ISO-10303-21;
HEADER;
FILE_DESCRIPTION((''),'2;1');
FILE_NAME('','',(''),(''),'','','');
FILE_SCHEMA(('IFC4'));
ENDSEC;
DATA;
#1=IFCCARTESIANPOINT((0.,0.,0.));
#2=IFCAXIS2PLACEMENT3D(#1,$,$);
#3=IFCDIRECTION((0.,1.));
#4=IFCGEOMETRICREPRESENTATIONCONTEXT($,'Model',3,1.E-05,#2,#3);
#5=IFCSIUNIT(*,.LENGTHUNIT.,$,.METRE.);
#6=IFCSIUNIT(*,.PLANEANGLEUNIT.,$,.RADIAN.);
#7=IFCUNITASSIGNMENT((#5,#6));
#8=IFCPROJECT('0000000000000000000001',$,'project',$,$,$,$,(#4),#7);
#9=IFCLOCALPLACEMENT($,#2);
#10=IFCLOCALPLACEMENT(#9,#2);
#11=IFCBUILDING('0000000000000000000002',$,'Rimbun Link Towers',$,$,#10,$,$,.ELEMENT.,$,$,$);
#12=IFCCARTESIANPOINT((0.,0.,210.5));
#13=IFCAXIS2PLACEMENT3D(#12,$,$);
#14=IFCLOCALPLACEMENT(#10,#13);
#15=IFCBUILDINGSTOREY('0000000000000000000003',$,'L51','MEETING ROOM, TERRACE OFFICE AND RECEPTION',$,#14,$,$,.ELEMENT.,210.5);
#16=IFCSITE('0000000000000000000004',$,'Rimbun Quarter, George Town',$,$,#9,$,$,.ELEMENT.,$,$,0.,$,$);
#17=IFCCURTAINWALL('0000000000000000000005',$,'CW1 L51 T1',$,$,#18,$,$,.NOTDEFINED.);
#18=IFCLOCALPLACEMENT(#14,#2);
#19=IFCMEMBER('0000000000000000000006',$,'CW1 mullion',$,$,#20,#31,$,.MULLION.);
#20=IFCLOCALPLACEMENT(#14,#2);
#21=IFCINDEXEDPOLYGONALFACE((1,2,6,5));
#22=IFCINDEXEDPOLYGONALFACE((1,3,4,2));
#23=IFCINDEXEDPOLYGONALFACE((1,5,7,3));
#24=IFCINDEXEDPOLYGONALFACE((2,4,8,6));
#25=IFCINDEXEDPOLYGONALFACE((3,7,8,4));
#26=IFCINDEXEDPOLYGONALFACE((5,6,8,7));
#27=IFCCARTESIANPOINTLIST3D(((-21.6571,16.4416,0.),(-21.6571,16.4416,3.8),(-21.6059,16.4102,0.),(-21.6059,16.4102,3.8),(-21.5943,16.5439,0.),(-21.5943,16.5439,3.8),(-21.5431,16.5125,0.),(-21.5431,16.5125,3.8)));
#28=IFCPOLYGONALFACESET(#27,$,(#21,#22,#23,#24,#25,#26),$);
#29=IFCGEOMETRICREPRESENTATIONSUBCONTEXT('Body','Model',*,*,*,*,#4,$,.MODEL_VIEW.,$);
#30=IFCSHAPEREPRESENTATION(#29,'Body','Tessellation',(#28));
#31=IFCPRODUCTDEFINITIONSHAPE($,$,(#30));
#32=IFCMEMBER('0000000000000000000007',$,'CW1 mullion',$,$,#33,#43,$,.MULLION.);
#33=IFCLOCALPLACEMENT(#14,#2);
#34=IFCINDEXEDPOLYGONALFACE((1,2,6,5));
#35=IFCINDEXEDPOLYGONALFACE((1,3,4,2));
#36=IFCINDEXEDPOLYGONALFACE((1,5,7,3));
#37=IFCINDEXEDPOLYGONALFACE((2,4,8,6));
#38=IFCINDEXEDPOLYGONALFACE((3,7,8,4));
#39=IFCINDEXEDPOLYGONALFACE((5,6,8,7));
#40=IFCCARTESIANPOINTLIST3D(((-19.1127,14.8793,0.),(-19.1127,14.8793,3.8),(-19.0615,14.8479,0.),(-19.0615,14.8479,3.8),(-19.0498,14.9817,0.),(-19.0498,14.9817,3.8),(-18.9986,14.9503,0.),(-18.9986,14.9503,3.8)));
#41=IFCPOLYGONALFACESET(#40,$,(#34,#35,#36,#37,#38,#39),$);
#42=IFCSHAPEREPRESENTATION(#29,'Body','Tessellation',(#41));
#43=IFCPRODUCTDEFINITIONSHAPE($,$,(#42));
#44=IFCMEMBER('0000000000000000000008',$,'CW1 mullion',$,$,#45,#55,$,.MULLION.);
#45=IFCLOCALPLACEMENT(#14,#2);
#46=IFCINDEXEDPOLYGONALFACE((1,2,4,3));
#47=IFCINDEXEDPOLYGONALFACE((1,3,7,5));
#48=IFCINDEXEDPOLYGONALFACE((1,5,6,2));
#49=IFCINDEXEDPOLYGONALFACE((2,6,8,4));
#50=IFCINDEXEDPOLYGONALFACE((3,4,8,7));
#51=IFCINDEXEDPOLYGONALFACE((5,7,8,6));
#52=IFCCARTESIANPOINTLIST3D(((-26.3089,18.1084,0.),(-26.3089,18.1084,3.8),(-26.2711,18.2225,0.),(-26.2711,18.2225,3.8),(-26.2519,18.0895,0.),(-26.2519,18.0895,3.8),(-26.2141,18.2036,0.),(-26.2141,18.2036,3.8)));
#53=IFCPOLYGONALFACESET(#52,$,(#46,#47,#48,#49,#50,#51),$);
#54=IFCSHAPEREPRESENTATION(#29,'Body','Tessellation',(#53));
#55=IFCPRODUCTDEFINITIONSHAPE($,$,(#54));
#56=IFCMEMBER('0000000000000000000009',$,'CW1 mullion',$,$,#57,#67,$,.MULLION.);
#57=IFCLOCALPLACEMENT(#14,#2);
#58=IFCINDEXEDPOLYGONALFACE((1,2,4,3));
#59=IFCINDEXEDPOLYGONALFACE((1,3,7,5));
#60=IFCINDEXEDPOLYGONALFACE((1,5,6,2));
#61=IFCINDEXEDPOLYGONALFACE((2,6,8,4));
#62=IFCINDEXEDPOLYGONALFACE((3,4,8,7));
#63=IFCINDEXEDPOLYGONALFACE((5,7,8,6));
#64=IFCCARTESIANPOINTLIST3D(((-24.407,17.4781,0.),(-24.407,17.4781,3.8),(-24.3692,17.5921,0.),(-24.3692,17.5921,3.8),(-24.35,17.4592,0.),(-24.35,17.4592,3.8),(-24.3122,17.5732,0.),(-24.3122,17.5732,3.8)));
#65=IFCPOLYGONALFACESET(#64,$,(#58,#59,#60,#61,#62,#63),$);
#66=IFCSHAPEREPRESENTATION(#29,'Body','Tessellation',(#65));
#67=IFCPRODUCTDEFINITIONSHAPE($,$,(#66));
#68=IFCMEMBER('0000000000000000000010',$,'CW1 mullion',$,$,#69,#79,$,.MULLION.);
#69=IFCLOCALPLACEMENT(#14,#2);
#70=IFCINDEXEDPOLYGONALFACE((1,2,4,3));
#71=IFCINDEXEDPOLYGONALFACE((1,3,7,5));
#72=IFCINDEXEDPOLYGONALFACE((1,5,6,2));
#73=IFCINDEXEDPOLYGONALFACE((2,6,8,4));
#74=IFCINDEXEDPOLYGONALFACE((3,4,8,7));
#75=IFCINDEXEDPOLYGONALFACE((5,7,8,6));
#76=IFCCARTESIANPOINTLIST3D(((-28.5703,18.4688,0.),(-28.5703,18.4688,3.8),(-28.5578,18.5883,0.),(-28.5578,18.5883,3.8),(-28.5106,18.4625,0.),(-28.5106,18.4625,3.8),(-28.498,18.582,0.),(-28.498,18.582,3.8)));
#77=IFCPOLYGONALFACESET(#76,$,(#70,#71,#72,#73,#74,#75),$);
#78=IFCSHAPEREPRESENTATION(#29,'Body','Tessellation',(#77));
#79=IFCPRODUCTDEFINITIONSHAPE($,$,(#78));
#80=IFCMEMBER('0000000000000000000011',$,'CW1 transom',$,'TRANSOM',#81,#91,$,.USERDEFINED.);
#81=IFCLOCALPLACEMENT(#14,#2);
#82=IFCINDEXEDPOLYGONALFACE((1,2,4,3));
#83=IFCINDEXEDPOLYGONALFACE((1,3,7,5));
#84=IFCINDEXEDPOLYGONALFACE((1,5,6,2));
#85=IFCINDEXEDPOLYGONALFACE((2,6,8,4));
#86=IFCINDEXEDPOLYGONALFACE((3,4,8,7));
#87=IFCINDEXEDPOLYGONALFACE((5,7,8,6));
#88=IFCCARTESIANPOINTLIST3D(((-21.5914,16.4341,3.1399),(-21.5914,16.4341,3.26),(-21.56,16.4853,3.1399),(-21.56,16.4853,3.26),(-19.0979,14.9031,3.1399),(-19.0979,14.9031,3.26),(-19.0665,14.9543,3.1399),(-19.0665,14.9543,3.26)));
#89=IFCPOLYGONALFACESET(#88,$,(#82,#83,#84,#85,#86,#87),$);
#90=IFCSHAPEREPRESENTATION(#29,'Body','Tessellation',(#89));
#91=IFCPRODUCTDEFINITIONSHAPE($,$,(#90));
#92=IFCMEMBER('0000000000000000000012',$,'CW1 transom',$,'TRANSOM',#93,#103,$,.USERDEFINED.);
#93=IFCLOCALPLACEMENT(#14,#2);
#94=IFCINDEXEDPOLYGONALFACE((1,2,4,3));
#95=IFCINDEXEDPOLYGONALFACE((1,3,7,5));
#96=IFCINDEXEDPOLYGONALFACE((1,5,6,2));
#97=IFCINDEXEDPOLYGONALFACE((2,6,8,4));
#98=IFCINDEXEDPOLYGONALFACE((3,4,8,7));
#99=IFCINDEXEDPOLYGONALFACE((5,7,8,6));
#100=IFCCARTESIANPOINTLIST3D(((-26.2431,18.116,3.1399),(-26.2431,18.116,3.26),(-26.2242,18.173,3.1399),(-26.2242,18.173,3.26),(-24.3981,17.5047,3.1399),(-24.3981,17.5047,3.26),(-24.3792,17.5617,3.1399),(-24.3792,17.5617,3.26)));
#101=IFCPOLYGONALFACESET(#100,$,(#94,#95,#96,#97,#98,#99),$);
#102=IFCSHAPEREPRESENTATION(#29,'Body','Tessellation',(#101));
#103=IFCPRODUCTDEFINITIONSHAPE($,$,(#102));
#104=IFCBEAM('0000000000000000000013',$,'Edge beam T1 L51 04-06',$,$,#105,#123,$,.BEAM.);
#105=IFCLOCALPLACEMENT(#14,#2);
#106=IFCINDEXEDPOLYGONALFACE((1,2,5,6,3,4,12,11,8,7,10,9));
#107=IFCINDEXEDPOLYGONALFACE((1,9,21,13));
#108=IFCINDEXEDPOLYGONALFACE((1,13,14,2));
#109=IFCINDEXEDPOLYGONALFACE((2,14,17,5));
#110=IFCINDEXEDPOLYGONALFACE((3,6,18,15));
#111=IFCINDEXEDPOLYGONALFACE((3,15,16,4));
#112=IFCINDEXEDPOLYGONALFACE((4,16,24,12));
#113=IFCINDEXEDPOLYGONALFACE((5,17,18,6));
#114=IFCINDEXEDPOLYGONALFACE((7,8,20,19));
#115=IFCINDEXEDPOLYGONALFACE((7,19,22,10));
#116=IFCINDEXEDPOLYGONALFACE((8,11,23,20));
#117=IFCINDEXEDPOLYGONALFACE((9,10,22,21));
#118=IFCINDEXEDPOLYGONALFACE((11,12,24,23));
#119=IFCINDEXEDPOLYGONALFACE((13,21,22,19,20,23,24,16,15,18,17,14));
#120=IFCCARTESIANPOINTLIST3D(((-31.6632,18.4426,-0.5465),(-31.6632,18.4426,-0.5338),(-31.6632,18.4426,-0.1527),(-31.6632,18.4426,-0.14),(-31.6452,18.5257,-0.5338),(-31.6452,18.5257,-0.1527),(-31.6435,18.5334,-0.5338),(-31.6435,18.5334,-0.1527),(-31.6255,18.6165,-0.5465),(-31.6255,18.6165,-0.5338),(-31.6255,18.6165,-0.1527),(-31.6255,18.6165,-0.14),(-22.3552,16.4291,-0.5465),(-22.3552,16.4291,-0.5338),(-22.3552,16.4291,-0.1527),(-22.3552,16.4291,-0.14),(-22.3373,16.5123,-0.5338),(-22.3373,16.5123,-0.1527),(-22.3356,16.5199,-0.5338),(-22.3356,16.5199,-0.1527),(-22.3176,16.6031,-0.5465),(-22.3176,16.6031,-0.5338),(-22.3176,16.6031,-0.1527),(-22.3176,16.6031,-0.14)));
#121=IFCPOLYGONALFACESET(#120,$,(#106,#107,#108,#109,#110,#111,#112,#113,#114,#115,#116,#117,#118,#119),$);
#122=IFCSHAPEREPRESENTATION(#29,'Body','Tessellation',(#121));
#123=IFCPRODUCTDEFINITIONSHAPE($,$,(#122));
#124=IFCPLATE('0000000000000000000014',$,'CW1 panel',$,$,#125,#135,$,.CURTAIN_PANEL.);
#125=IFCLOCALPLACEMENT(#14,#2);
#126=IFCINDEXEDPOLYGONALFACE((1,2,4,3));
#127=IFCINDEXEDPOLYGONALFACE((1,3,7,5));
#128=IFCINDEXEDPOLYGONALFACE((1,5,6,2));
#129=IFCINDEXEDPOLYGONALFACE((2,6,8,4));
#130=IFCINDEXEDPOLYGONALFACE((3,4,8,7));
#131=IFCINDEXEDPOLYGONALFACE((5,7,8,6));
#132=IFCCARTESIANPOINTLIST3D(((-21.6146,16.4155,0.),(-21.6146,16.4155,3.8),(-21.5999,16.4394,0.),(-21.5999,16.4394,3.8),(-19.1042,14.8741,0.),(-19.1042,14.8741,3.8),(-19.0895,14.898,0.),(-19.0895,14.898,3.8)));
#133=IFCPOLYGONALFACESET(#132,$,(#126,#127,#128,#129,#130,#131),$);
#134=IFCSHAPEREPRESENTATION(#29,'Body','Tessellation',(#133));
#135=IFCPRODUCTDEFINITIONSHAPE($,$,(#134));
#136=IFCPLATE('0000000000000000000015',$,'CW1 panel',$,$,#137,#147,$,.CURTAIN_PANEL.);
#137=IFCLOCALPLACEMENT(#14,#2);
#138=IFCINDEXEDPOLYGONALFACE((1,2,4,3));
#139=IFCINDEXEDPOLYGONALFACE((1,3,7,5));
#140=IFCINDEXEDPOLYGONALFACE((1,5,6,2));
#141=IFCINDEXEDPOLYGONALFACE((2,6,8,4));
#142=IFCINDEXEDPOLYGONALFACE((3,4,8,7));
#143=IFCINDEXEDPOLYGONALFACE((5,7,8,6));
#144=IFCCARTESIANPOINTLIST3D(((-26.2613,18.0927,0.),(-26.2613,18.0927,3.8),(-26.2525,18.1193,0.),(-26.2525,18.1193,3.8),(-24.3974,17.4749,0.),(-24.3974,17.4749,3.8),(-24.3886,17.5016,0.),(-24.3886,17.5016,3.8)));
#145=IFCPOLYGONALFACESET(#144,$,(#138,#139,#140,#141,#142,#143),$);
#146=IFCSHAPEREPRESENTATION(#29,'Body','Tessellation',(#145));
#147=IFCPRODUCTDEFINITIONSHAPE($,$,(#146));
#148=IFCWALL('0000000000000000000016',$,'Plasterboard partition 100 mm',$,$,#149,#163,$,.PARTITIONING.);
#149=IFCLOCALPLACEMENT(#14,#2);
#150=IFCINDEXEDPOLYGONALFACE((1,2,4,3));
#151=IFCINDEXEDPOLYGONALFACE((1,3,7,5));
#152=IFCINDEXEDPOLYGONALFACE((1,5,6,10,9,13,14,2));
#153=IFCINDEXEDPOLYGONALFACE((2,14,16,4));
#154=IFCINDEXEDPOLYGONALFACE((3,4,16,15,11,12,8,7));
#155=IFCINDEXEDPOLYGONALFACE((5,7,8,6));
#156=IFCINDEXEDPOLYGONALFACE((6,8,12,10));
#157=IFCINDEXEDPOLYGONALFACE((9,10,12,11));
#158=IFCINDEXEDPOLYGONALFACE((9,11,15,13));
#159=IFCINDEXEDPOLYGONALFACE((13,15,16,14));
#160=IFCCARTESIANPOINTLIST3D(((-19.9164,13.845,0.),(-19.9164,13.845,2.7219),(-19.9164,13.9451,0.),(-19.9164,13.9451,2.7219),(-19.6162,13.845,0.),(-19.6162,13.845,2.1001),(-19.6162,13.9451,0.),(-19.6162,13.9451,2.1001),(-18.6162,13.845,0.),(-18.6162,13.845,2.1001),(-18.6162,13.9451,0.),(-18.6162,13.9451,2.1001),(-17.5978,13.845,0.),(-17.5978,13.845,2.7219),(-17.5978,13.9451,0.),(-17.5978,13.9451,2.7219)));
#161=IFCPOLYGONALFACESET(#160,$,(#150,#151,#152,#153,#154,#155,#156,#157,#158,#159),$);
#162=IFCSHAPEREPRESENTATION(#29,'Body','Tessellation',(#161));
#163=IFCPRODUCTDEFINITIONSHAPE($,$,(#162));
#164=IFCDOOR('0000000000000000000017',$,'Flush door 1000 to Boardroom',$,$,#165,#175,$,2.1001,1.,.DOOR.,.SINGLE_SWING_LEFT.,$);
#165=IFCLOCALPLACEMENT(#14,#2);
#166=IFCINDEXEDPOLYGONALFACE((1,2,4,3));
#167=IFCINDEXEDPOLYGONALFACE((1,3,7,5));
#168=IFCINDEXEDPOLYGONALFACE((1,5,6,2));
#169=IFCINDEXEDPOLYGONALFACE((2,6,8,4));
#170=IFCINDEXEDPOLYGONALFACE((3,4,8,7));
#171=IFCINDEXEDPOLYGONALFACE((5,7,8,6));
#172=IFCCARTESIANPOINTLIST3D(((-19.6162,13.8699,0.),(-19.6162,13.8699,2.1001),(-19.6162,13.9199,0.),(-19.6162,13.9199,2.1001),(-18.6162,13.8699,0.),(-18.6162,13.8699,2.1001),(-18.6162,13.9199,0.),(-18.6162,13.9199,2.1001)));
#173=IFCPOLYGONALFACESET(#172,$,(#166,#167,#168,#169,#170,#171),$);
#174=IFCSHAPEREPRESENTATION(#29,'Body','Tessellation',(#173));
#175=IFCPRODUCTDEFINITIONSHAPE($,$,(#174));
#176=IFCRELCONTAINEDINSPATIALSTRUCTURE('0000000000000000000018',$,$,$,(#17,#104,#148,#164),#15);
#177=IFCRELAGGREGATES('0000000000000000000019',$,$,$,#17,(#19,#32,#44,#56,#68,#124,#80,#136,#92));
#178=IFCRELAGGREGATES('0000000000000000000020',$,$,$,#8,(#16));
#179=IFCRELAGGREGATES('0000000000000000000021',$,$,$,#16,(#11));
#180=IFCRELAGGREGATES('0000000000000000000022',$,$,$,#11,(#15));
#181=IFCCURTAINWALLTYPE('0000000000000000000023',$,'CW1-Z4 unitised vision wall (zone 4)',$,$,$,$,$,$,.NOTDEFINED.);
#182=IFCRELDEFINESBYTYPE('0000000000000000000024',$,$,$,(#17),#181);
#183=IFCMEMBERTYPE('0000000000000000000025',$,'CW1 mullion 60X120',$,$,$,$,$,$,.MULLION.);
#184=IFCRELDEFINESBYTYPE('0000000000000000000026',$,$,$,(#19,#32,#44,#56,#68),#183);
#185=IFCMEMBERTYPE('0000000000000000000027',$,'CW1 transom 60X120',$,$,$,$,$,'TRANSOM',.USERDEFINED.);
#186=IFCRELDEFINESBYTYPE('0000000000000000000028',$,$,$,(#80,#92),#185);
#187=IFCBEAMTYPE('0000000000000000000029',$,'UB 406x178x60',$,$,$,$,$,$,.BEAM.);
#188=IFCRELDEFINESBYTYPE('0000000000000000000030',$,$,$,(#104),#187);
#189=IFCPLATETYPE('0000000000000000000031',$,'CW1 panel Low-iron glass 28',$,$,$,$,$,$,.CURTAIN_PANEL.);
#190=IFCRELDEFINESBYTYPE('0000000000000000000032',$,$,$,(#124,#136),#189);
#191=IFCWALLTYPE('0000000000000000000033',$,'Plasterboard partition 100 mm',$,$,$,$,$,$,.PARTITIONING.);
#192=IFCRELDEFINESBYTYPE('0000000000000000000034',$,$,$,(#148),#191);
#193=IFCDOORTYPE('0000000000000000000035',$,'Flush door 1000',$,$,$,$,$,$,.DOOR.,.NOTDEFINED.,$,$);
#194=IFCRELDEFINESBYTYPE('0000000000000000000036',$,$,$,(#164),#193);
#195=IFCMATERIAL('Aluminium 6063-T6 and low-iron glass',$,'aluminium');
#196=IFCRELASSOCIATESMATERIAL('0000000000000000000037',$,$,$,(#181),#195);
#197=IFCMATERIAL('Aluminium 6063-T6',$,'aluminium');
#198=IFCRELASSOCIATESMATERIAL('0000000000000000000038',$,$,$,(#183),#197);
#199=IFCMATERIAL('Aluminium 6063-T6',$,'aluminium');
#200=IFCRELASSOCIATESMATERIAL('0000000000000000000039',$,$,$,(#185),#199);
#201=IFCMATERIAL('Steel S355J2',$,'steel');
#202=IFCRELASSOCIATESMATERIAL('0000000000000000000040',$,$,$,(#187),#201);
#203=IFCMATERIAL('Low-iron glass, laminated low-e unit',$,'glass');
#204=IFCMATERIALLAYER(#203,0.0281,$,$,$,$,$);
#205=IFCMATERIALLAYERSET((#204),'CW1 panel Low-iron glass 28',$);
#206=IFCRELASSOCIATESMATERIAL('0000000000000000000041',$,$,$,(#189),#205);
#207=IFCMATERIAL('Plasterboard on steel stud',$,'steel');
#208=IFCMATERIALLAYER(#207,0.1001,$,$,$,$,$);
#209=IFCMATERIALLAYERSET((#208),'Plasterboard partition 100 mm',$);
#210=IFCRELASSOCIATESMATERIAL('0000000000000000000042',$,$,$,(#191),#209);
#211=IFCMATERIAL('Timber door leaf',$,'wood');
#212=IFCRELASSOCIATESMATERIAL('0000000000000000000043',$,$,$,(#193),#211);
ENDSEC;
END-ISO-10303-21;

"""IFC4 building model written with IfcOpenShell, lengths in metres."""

from ifc_helpers import new_model, si_unit, direction, frame, frame_2d, origin, origin_2d, place, context, subcontext, project, spatial, rectangle, i_section, extrude, material, layer, layer_set, material_profile, profile_set, type_object, element, fill, aggregate, save


model = new_model("IFC4")

# Units and contexts
model_context = context("Model", 3, precision=1e-05, world=origin(), true_north=direction((0.0, 1.0)))
body_context = subcontext(model_context, "Body", "Model", "MODEL_VIEW")
ifc_project = project(units=[si_unit("LENGTHUNIT", "METRE"), si_unit("PLANEANGLEUNIT", "RADIAN")], contexts=[model_context])

# Site, building, storey
site_placement = place(None, origin())
site = spatial("IfcSite", under=ifc_project, at=site_placement, Name="Rimbun Quarter, George Town", CompositionType="ELEMENT", RefElevation=0.0)
building_placement = place(site_placement, origin())
building = spatial("IfcBuilding", under=site, at=building_placement, Name="Rimbun Link Towers", CompositionType="ELEMENT")
storey_placement = place(building_placement, frame((0.0, 0.0, 210.5)))
storey = spatial("IfcBuildingStorey", under=building, at=storey_placement, Name="L51", Description="MEETING ROOM, TERRACE OFFICE AND RECEPTION", CompositionType="ELEMENT", Elevation=210.5)

# Curtain wall, members
ifc_material_1 = material(Name="Aluminium 6063-T6 and low-iron glass", Category="aluminium")
curtain_wall_type = type_object("IfcCurtainWallType", Name="CW1-Z4 unitised vision wall (zone 4)", PredefinedType="NOTDEFINED", material=ifc_material_1)
curtain_wall_placement = place(storey_placement, origin())
curtain_wall = element("IfcCurtainWall", 1, at=curtain_wall_placement, inside=storey, type_object=curtain_wall_type, Name="CW1 L51 T1", PredefinedType="NOTDEFINED")
ifc_material_2 = material(Name="Aluminium 6063-T6", Category="aluminium")
ifc_material_profile_1 = material_profile(ifc_material_2, rectangle(XDim=0.1201, YDim=0.0601, at=origin_2d()), Name="MULLION 60X120")
ifc_profile_set_1 = profile_set([ifc_material_profile_1], Name="Aluminium 6063-T6")
member_type_1 = type_object("IfcMemberType", Name="CW1 mullion 60X120", PredefinedType="MULLION", material=ifc_profile_set_1)
member_1_placement = place(storey_placement, frame((-21.6001, 16.4771, 0.0), z_axis=(0.0, 0.0, 1.0), x_axis=(0.523242, 0.852184, 0.0)))
member_1 = element("IfcMember", 2, at=member_1_placement, type_object=member_type_1, Name="CW1 mullion", PredefinedType="MULLION", context=body_context, shape_type="SweptSolid", body=[
    extrude(rectangle(XDim=0.1201, YDim=0.0601, at=origin_2d()), origin(), (0.0, 0.0, 1.0), 3.8),
])
member_2_placement = place(storey_placement, frame((-19.0557, 14.9148, 0.0), z_axis=(0.0, 0.0, 1.0), x_axis=(0.523242, 0.852184, 0.0)))
member_2 = element("IfcMember", 3, at=member_2_placement, type_object=member_type_1, Name="CW1 mullion", PredefinedType="MULLION", context=body_context, shape_type="SweptSolid", body=[
    extrude(rectangle(XDim=0.1201, YDim=0.0601, at=origin_2d()), origin(), (0.0, 0.0, 1.0), 3.8),
])
member_3_placement = place(storey_placement, frame((-26.2615, 18.156, 0.0), z_axis=(0.0, 0.0, 1.0), x_axis=(0.314578, 0.949231, 0.0)))
member_3 = element("IfcMember", 4, at=member_3_placement, type_object=member_type_1, Name="CW1 mullion", PredefinedType="MULLION", context=body_context, shape_type="SweptSolid", body=[
    extrude(rectangle(XDim=0.1201, YDim=0.0601, at=origin_2d()), origin(), (0.0, 0.0, 1.0), 3.8),
])
member_4_placement = place(storey_placement, frame((-24.3596, 17.5256, 0.0), z_axis=(0.0, 0.0, 1.0), x_axis=(0.314578, 0.949231, 0.0)))
member_4 = element("IfcMember", 5, at=member_4_placement, type_object=member_type_1, Name="CW1 mullion", PredefinedType="MULLION", context=body_context, shape_type="SweptSolid", body=[
    extrude(rectangle(XDim=0.1201, YDim=0.0601, at=origin_2d()), origin(), (0.0, 0.0, 1.0), 3.8),
])
member_5_placement = place(storey_placement, frame((-28.5342, 18.5254, 0.0), z_axis=(0.0, 0.0, 1.0), x_axis=(0.104723, 0.994501, 0.0)))
member_5 = element("IfcMember", 6, at=member_5_placement, type_object=member_type_1, Name="CW1 mullion", PredefinedType="MULLION", context=body_context, shape_type="SweptSolid", body=[
    extrude(rectangle(XDim=0.1201, YDim=0.0601, at=origin_2d()), origin(), (0.0, 0.0, 1.0), 3.8),
])
ifc_material_3 = material(Name="Aluminium 6063-T6", Category="aluminium")
ifc_material_profile_2 = material_profile(ifc_material_3, rectangle(XDim=0.0601, YDim=0.1201, at=origin_2d()), Name="TRANSOM 60X120")
ifc_profile_set_2 = profile_set([ifc_material_profile_2], Name="Aluminium 6063-T6")
member_type_2 = type_object("IfcMemberType", Name="CW1 transom 60X120", ElementType="TRANSOM", PredefinedType="USERDEFINED", material=ifc_profile_set_2)
member_6_placement = place(storey_placement, frame((-21.5757, 16.4597, 3.2), z_axis=(0.852176, -0.523255, 0.0), x_axis=(0.523255, 0.852176, 0.0)))
member_6 = element("IfcMember", 7, at=member_6_placement, type_object=member_type_2, Name="CW1 transom", ObjectType="TRANSOM", PredefinedType="USERDEFINED", context=body_context, shape_type="SweptSolid", body=[
    extrude(rectangle(XDim=0.0601, YDim=0.1201, at=origin_2d()), origin(), (0.0, 0.0, 1.0), 2.926),
])
member_7_placement = place(storey_placement, frame((-26.2336, 18.1445, 3.2), z_axis=(0.949247, -0.314532, 0.0), x_axis=(0.314532, 0.949247, 0.0)))
member_7 = element("IfcMember", 8, at=member_7_placement, type_object=member_type_2, Name="CW1 transom", ObjectType="TRANSOM", PredefinedType="USERDEFINED", context=body_context, shape_type="SweptSolid", body=[
    extrude(rectangle(XDim=0.0601, YDim=0.1201, at=origin_2d()), origin(), (0.0, 0.0, 1.0), 1.9436),
])

# Beam
ifc_material_4 = material(Name="Steel S355J2", Category="steel")
ifc_material_profile_3 = material_profile(ifc_material_4, i_section(OverallWidth=0.178, OverallDepth=0.4065, WebThickness=0.0078, FlangeThickness=0.0127, at=origin_2d()), Name="UB 406x178x60")
ifc_profile_set_3 = profile_set([ifc_material_profile_3], Name="Steel S355J2")
beam_type = type_object("IfcBeamType", Name="UB 406x178x60", PredefinedType="BEAM", material=ifc_profile_set_3)
beam_placement = place(storey_placement, frame((-22.3364, 16.5161, -0.3433), z_axis=(-0.977394, 0.211425, 0.0), x_axis=(-0.211425, -0.977394, 0.0)))
element("IfcBeam", 9, at=beam_placement, inside=storey, type_object=beam_type, Name="Edge beam T1 L51 04-06", PredefinedType="BEAM", context=body_context, shape_type="SweptSolid", body=[
    extrude(i_section(OverallWidth=0.178, OverallDepth=0.4065, WebThickness=0.0078, FlangeThickness=0.0127, at=origin_2d()), origin(), (0.0, 0.0, 1.0), 9.5232),
])

# Plates
ifc_material_5 = material(Name="Low-iron glass, laminated low-e unit", Category="glass")
ifc_layer_1 = layer(ifc_material_5, 0.0281)
ifc_layer_set_1 = layer_set([ifc_layer_1], Name="CW1 panel Low-iron glass 28")
plate_type = type_object("IfcPlateType", Name="CW1 panel Low-iron glass 28", PredefinedType="CURTAIN_PANEL", material=ifc_layer_set_1)
plate_1_placement = place(storey_placement, frame((-20.3521, 15.6567, 0.0), z_axis=(0.0, 0.0, 1.0), x_axis=(0.852184, -0.523242, 0.0)))
plate_1 = element("IfcPlate", 10, at=plate_1_placement, type_object=plate_type, Name="CW1 panel", PredefinedType="CURTAIN_PANEL", context=body_context, shape_type="SweptSolid", body=[
    extrude(rectangle(XDim=2.9458, YDim=0.0281, at=origin_2d()), origin(), (0.0, 0.0, 1.0), 3.8),
])
plate_2_placement = place(storey_placement, frame((-25.325, 17.7971, 0.0), z_axis=(0.0, 0.0, 1.0), x_axis=(0.949231, -0.314578, 0.0)))
plate_2 = element("IfcPlate", 11, at=plate_2_placement, type_object=plate_type, Name="CW1 panel", PredefinedType="CURTAIN_PANEL", context=body_context, shape_type="SweptSolid", body=[
    extrude(rectangle(XDim=1.9636, YDim=0.0281, at=origin_2d()), origin(), (0.0, 0.0, 1.0), 3.8),
])
aggregate(curtain_wall, [member_1, member_2, member_3, member_4, member_5, plate_1, member_6, plate_2, member_7])

# Wall, opening, door
ifc_material_6 = material(Name="Plasterboard on steel stud", Category="steel")
ifc_layer_2 = layer(ifc_material_6, 0.1001)
ifc_layer_set_2 = layer_set([ifc_layer_2], Name="Plasterboard partition 100 mm")
wall_type = type_object("IfcWallType", Name="Plasterboard partition 100 mm", PredefinedType="PARTITIONING", material=ifc_layer_set_2)
wall_1_placement = place(storey_placement, frame((-19.9163, 13.895, 0.0), z_axis=(0.0, 0.0, 1.0), x_axis=(1.0, 0.0, 0.0)))
wall_1 = element("IfcWall", 12, at=wall_1_placement, inside=storey, type_object=wall_type, Name="Plasterboard partition 100 mm", PredefinedType="PARTITIONING", context=body_context, shape_type="SweptSolid", body=[
    extrude(rectangle(XDim=2.3186, YDim=0.1001, at=frame_2d((1.1592, 0.0))), origin(), (0.0, 0.0, 1.0), 2.7219),
])
opening_1_placement = place(wall_1_placement, frame((0.3, 0.0, 0.0)))
opening_1 = element("IfcOpeningElement", 13, at=opening_1_placement, cuts=wall_1, PredefinedType="OPENING", context=body_context, shape_type="SweptSolid", body=[
    extrude(rectangle(XDim=1.0, YDim=2.1001, at=frame_2d((0.5, 1.05))), frame((0.0, 0.0601, 0.0), z_axis=(0.0, -1.0, 0.0), x_axis=(1.0, 0.0, 0.0)), (0.0, 0.0, 1.0), 0.1201),
])
ifc_material_7 = material(Name="Timber door leaf", Category="wood")
door_type_1 = type_object("IfcDoorType", Name="Flush door 1000", OperationType="NOTDEFINED", PredefinedType="DOOR", material=ifc_material_7)
door_1_placement = place(opening_1_placement, origin())
door_1 = element("IfcDoor", 14, at=door_1_placement, inside=storey, type_object=door_type_1, Name="Flush door 1000 to Boardroom", OperationType="SINGLE_SWING_LEFT", OverallHeight=2.1001, OverallWidth=1.0, PredefinedType="DOOR", context=body_context, shape_type="SweptSolid", body=[
    extrude(rectangle(XDim=1.0, YDim=2.1001, at=frame_2d((0.5, 1.05))), frame((0.0, 0.0249, 0.0), z_axis=(0.0, -1.0, 0.0), x_axis=(1.0, 0.0, 0.0)), (0.0, 0.0, 1.0), 0.05),
])
fill(opening_1, door_1)

save(model, "model.ifc")
